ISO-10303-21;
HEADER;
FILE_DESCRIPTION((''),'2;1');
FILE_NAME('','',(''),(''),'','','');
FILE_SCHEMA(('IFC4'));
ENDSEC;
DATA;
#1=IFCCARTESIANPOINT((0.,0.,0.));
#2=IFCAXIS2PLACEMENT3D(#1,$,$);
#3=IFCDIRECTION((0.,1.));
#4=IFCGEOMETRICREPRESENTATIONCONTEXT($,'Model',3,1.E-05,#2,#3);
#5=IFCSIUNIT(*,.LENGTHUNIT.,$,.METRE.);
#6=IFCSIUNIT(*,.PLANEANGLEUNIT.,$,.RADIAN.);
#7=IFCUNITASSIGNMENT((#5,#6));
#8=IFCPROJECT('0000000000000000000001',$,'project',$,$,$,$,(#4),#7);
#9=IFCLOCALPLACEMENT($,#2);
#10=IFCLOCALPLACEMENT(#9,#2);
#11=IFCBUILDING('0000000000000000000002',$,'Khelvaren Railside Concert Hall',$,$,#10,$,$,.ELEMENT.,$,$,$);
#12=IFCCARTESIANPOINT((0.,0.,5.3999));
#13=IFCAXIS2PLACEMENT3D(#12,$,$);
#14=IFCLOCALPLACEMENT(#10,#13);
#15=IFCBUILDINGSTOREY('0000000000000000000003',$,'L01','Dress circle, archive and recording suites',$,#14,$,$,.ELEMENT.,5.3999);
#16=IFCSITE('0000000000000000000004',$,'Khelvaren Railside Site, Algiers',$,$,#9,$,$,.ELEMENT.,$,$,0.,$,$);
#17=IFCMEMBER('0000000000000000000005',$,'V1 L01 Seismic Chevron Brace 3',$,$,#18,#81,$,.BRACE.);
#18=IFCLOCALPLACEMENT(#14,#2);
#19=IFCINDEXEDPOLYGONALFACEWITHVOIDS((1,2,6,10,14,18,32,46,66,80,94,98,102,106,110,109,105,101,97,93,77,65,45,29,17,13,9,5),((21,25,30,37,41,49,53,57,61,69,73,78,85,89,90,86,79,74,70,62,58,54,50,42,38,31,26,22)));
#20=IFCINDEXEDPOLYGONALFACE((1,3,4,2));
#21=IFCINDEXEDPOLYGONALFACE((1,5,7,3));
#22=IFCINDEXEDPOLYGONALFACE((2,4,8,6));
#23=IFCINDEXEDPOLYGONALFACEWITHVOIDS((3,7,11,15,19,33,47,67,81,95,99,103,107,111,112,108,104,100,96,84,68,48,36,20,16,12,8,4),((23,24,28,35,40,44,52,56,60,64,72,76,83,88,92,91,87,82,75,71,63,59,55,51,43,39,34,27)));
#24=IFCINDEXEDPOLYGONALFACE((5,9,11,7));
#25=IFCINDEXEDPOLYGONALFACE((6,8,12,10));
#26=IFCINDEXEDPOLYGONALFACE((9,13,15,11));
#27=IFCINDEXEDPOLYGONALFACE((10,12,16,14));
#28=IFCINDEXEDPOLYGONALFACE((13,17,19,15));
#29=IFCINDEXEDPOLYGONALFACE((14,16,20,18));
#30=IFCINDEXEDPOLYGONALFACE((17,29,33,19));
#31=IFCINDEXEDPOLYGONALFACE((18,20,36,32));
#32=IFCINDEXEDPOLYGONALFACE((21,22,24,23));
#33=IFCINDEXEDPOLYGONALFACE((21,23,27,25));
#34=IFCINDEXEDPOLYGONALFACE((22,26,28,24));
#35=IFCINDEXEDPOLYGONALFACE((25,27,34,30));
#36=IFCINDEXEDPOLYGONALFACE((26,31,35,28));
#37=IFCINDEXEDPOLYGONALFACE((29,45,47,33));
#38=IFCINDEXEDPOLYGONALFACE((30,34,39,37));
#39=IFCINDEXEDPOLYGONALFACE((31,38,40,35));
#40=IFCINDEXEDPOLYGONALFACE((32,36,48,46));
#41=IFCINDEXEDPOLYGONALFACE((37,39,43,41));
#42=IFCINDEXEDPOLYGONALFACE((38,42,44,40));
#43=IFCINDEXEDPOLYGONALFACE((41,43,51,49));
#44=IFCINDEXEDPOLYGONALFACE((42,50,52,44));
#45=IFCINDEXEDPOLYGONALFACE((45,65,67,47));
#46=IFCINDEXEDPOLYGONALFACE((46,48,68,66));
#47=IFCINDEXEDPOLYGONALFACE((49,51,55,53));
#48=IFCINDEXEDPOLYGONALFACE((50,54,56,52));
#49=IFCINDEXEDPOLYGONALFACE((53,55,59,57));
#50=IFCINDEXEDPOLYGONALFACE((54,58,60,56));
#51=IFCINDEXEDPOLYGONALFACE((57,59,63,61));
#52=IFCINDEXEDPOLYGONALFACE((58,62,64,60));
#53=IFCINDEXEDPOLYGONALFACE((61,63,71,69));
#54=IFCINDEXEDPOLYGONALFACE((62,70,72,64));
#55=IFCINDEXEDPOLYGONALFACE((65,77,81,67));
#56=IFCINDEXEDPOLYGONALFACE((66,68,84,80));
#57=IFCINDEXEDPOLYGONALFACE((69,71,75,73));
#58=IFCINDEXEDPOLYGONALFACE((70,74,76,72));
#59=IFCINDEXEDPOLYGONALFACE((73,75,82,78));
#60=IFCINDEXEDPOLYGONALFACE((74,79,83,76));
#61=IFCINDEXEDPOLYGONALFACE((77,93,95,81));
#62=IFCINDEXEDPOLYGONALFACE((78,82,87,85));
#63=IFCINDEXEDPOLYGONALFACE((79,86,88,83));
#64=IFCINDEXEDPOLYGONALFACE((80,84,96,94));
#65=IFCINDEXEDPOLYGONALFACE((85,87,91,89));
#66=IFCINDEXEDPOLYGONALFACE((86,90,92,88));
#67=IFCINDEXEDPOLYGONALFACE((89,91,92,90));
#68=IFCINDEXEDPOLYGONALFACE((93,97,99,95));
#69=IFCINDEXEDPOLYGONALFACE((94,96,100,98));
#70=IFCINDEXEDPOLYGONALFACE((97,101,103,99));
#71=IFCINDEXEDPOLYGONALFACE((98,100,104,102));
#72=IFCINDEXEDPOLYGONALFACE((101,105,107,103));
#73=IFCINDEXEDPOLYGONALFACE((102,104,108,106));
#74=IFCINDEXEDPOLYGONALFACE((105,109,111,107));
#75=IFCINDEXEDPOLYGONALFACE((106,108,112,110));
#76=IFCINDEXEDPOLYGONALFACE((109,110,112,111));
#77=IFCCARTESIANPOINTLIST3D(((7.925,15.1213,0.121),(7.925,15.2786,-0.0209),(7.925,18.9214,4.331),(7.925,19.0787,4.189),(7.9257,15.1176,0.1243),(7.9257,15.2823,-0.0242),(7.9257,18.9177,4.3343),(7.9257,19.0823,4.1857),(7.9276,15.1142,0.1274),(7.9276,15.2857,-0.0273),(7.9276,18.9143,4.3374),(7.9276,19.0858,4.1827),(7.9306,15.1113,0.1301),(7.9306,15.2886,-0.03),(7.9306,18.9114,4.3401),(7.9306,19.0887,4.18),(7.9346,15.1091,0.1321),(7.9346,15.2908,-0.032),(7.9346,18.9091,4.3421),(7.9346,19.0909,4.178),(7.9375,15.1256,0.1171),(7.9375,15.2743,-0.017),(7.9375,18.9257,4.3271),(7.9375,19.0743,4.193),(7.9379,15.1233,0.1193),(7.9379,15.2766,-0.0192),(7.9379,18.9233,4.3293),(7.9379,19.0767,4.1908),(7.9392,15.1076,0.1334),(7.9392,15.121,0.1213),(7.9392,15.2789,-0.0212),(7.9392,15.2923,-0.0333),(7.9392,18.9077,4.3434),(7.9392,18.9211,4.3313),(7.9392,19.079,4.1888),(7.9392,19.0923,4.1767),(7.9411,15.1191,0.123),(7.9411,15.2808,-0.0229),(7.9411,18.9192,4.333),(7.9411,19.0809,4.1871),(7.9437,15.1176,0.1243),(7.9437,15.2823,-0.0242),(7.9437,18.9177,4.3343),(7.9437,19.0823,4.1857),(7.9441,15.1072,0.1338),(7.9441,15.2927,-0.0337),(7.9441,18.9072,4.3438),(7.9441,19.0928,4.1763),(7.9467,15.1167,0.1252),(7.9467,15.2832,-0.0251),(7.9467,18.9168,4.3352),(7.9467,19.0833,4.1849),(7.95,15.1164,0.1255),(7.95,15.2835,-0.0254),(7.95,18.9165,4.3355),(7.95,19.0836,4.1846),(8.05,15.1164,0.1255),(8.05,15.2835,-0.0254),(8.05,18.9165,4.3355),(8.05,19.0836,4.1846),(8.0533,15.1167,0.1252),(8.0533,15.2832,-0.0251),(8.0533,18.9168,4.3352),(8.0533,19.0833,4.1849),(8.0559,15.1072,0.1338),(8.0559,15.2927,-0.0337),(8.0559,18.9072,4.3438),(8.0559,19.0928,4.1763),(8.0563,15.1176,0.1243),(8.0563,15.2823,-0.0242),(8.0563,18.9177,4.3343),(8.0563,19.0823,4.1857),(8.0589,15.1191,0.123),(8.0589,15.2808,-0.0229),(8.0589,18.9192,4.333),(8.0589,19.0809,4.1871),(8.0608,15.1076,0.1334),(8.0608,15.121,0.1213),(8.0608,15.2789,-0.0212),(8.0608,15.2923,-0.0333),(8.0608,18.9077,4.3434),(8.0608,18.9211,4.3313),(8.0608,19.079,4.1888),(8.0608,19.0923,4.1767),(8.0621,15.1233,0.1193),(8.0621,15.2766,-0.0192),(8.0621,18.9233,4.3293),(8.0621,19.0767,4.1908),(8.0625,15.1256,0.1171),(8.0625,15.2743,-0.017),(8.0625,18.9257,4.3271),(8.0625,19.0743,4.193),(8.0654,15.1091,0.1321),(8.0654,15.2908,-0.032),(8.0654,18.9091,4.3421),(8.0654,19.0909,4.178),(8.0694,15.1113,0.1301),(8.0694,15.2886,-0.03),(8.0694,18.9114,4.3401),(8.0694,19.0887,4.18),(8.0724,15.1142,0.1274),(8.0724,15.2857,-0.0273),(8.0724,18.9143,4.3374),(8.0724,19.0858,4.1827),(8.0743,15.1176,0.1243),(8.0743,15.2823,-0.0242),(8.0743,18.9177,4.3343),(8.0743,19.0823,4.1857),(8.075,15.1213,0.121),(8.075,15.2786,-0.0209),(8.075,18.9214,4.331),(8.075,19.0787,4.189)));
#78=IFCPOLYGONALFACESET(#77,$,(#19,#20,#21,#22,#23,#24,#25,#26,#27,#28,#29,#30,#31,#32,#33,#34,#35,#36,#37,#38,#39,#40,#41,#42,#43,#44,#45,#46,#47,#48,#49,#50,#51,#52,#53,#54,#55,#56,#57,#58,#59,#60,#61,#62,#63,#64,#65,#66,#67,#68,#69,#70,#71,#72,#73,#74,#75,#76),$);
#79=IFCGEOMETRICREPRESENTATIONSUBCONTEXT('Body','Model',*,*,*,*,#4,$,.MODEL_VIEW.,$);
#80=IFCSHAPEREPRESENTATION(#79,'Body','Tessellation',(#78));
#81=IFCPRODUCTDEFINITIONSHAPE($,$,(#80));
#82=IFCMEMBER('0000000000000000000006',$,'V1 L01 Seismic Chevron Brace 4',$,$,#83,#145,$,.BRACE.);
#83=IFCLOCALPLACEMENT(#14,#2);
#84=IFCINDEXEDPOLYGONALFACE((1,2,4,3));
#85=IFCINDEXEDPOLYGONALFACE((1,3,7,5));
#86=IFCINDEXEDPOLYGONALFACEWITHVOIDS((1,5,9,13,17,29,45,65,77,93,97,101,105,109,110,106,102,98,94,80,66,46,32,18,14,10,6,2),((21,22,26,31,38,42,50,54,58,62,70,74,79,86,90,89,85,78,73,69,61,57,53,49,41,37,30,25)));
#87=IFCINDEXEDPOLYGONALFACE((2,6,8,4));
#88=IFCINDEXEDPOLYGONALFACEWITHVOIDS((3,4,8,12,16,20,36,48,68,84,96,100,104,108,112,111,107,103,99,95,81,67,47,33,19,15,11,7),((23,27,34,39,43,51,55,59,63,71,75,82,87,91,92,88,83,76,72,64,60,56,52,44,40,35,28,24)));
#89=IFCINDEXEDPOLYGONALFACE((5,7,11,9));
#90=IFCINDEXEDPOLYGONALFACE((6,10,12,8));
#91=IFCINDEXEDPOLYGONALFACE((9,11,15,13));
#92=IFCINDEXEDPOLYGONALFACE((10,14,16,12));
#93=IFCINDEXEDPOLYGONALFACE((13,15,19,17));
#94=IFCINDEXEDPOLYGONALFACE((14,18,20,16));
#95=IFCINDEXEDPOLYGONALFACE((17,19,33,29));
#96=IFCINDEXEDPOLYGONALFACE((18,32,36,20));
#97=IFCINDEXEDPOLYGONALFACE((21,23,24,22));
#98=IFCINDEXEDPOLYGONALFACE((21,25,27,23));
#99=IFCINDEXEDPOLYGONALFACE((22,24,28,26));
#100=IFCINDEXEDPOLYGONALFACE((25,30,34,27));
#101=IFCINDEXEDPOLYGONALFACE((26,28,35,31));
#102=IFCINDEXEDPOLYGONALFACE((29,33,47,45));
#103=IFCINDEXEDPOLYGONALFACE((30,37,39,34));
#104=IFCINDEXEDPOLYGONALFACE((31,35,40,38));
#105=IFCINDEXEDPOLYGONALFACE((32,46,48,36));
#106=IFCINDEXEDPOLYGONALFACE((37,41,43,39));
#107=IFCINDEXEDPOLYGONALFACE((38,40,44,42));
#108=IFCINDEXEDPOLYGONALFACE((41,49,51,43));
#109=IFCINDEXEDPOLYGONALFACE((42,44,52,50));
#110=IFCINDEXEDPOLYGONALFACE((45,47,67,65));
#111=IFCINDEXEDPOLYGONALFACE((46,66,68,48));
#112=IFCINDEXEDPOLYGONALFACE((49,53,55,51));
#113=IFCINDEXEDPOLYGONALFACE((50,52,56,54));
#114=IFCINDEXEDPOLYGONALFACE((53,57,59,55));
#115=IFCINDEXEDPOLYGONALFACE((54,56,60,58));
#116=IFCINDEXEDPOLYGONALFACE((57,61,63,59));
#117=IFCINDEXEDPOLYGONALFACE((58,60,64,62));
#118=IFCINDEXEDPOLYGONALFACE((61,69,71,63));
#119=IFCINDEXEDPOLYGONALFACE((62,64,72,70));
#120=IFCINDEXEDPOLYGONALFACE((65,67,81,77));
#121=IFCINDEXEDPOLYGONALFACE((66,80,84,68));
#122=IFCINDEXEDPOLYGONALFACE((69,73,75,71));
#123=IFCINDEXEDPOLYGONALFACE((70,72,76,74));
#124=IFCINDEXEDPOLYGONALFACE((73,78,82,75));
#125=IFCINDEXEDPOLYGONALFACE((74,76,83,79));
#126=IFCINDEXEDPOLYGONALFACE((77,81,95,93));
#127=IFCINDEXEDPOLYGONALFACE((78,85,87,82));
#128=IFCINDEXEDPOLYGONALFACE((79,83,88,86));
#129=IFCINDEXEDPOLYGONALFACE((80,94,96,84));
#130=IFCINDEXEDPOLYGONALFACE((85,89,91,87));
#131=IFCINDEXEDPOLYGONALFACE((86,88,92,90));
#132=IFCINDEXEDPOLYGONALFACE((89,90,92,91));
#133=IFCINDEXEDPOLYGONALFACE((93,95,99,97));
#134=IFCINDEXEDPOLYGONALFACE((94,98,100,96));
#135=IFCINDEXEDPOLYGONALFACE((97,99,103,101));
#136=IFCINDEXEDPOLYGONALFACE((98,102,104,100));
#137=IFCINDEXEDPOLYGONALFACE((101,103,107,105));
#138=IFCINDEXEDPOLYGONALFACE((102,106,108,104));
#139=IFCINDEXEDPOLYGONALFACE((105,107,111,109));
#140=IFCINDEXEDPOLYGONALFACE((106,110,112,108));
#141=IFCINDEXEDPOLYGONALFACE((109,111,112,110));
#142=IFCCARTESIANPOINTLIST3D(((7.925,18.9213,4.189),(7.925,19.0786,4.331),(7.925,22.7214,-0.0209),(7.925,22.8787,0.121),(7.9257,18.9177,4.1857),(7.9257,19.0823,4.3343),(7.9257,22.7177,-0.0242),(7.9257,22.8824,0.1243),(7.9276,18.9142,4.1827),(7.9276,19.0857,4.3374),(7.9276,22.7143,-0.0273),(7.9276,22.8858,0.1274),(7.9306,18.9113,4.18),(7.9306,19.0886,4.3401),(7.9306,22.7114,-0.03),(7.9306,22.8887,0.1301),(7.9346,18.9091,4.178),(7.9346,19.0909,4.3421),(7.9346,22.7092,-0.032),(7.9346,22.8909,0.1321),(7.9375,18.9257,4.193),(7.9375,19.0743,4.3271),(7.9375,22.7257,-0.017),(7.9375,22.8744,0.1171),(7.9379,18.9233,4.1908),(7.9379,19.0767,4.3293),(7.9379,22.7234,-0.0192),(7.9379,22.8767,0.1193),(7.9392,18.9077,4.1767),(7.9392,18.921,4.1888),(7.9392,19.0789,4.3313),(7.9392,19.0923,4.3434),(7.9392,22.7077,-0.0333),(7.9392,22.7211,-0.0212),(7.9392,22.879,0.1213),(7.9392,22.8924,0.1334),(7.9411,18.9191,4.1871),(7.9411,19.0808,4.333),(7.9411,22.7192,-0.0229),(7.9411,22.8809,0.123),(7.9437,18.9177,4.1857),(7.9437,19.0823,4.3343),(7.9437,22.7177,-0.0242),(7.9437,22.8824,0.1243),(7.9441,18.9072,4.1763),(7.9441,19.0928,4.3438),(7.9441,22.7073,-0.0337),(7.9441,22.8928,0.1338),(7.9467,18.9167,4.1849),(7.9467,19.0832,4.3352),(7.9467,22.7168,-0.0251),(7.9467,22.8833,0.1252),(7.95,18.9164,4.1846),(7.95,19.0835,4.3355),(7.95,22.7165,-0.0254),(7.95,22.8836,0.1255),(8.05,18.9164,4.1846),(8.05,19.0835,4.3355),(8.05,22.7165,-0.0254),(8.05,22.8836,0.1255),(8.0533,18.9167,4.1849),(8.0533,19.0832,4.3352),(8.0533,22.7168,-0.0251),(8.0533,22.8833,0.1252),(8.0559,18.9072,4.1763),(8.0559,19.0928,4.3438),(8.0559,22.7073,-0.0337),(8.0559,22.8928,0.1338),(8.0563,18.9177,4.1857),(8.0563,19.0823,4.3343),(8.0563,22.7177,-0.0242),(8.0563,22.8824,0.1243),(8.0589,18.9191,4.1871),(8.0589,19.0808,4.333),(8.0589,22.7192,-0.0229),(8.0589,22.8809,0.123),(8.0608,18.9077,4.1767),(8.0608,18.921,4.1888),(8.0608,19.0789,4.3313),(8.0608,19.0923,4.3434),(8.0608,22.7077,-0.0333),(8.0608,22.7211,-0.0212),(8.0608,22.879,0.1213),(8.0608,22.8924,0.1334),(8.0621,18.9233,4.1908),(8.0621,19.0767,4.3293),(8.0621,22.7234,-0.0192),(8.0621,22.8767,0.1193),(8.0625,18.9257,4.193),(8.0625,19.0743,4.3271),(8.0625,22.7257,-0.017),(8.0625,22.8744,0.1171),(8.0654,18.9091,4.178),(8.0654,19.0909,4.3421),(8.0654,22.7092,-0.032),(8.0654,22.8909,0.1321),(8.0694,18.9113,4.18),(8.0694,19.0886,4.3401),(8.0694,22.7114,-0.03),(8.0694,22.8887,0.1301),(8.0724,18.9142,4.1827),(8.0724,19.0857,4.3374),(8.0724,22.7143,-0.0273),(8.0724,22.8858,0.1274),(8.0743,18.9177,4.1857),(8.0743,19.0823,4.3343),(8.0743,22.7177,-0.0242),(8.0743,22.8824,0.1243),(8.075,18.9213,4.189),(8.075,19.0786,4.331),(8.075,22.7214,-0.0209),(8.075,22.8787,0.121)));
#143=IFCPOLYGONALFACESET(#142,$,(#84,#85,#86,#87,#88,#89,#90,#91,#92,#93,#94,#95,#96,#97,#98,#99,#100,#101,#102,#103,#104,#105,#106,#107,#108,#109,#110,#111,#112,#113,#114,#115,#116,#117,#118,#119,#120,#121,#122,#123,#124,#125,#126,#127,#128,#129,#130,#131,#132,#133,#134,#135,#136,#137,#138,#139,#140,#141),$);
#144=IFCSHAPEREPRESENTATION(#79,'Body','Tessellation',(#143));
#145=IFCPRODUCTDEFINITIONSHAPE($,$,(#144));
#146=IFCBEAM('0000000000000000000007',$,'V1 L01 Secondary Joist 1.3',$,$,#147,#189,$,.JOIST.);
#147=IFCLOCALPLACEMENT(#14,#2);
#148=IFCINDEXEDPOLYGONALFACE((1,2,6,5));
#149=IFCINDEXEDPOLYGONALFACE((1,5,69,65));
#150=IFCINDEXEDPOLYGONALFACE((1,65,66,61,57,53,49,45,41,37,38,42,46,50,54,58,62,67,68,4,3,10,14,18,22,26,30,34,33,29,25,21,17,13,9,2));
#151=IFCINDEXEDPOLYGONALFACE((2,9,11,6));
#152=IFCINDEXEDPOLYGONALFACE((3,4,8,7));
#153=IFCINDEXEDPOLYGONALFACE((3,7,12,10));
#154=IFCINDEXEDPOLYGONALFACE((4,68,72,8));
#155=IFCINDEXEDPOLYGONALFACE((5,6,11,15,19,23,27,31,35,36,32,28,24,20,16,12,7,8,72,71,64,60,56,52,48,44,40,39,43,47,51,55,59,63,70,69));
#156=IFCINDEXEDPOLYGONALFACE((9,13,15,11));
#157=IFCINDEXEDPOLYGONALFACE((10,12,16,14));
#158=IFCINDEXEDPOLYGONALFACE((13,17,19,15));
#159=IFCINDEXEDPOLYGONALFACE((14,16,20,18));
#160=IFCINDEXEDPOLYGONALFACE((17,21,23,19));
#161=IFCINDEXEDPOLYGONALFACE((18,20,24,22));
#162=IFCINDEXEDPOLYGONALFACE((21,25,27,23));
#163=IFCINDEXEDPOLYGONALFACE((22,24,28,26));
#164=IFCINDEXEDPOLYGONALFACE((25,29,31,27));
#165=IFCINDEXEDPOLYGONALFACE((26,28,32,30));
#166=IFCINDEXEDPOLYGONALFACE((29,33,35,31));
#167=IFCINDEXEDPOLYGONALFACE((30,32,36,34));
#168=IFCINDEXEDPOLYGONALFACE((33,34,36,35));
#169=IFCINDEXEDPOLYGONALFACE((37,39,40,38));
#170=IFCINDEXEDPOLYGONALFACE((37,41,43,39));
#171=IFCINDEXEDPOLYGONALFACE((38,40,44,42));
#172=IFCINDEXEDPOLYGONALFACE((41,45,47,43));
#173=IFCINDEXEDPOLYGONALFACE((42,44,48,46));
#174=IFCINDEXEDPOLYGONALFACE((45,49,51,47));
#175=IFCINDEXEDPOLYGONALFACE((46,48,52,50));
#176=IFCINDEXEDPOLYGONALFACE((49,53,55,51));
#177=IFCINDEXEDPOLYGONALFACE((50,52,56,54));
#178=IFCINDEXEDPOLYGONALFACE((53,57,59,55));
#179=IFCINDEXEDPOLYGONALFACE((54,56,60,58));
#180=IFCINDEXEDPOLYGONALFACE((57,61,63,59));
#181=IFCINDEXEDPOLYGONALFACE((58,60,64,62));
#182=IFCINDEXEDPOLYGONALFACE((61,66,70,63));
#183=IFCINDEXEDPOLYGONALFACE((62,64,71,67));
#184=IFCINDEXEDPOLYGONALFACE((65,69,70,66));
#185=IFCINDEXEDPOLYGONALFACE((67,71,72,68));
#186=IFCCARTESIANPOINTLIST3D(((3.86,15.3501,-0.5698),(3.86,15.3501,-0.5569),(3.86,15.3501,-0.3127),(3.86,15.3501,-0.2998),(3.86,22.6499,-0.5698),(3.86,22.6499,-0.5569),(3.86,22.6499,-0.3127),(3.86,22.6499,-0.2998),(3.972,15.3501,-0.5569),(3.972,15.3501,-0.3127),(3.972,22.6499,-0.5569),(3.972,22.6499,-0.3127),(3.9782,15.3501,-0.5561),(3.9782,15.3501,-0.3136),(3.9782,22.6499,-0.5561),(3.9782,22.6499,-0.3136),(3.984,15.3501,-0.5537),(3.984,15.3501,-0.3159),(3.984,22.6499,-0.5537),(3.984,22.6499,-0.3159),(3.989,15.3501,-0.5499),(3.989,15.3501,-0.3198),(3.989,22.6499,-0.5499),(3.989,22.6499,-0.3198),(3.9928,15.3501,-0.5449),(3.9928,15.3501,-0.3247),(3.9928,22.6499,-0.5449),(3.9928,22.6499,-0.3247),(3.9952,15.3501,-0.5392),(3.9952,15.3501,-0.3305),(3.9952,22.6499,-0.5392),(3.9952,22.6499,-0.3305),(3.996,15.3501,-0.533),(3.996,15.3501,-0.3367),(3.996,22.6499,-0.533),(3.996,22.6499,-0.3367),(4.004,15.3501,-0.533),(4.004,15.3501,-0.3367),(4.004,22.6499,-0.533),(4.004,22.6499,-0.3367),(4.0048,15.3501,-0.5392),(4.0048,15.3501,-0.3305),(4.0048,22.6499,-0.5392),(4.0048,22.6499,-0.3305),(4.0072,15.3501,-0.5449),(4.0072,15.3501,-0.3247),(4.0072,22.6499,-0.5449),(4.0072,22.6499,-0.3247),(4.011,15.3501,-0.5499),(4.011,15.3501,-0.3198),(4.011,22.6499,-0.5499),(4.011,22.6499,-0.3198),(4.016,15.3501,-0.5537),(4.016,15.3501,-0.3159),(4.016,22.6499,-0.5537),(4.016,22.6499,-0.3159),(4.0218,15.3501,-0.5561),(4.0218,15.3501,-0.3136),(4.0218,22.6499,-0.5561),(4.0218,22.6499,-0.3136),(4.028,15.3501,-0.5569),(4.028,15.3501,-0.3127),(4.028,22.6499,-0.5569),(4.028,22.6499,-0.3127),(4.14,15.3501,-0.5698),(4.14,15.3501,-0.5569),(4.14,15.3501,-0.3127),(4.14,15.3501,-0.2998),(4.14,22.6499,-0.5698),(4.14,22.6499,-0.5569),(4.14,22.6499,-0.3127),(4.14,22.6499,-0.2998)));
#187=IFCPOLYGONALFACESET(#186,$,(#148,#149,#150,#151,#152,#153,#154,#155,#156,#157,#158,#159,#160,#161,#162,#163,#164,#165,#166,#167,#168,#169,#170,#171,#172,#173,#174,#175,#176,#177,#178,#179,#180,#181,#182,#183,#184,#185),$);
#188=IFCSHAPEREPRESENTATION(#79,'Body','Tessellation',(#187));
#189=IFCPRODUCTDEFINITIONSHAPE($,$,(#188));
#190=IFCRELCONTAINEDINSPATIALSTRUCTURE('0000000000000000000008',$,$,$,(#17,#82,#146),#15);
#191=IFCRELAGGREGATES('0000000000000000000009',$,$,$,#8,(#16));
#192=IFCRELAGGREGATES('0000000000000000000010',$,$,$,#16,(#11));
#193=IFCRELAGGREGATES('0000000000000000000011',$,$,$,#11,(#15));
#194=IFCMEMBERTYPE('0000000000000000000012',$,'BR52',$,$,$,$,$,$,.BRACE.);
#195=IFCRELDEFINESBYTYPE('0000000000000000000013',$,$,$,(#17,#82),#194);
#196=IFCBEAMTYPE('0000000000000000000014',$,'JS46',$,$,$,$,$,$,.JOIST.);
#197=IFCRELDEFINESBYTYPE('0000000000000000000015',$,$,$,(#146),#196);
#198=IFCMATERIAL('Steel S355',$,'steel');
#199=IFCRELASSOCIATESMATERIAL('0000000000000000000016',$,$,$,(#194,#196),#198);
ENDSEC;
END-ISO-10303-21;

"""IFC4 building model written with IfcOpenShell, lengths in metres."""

from ifc_helpers import new_model, si_unit, direction, frame, origin, origin_2d, place, context, subcontext, project, spatial, hollow_rectangle, i_section, extrude, material, material_profile, profile_set, type_object, element, save


model = new_model("IFC4")

# Units and contexts
model_context = context("Model", 3, precision=1e-05, world=origin(), true_north=direction((0.0, 1.0)))
body_context = subcontext(model_context, "Body", "Model", "MODEL_VIEW")
ifc_project = project(units=[si_unit("LENGTHUNIT", "METRE"), si_unit("PLANEANGLEUNIT", "RADIAN")], contexts=[model_context])

# Site, building, storey
site_placement = place(None, origin())
site = spatial("IfcSite", under=ifc_project, at=site_placement, Name="Khelvaren Railside Site, Algiers", CompositionType="ELEMENT", RefElevation=0.0)
building_placement = place(site_placement, origin())
building = spatial("IfcBuilding", under=site, at=building_placement, Name="Khelvaren Railside Concert Hall", CompositionType="ELEMENT")
storey_placement = place(building_placement, frame((0.0, 0.0, 5.3999)))
storey = spatial("IfcBuildingStorey", under=building, at=storey_placement, Name="L01", Description="Dress circle, archive and recording suites", CompositionType="ELEMENT", Elevation=5.3999)

# Shared definitions
ifc_material_1 = material(Name="Steel S355", Category="steel")

# Members
ifc_material_profile_1 = material_profile(ifc_material_1, hollow_rectangle(XDim=0.1499, YDim=0.25, WallThickness=0.0125, InnerFilletRadius=0.0125, OuterFilletRadius=0.019, at=origin_2d()), Name="RHS 250x150x12.5")
ifc_profile_set_1 = profile_set([ifc_material_profile_1], Name="Steel S355")
member_type_1 = type_object("IfcMemberType", Name="BR52", PredefinedType="BRACE", material=ifc_profile_set_1)
for number, where, z_axis, x_axis, name in (
    (1, (8.0, 15.2, 0.05), (0.0, 0.670044, 0.742322), (-1.0, 0.0, 0.0), "V1 L01 Seismic Chevron Brace 3"),
    (2, (8.0, 22.8, 0.05), (0.0, -0.670044, 0.742322), (1.0, 0.0, 0.0), "V1 L01 Seismic Chevron Brace 4"),
):
    element("IfcMember", number, at=place(storey_placement, frame(where, z_axis=z_axis, x_axis=x_axis)), inside=storey, type_object=member_type_1, Name=name, PredefinedType="BRACE", context=body_context, shape_type="SweptSolid", body=[
        extrude(hollow_rectangle(XDim=0.1499, YDim=0.25, WallThickness=0.0125, InnerFilletRadius=0.0125, OuterFilletRadius=0.019, at=origin_2d()), origin(), (0.0, 0.0, 1.0), 5.6714),
    ])

# Beam
ifc_material_profile_2 = material_profile(ifc_material_1, i_section(OverallWidth=0.28, OverallDepth=0.27, WebThickness=0.0081, FlangeThickness=0.0129, FilletRadius=0.0239, at=origin_2d()), Name="HEA 280")
ifc_profile_set_2 = profile_set([ifc_material_profile_2], Name="Steel S355")
beam_type_1 = type_object("IfcBeamType", Name="JS46", PredefinedType="JOIST", material=ifc_profile_set_2)
beam_1_placement = place(storey_placement, frame((4.0, 15.3501, -0.4348), z_axis=(0.0, 1.0, 0.0), x_axis=(-1.0, 0.0, 0.0)))
element("IfcBeam", 3, at=beam_1_placement, inside=storey, type_object=beam_type_1, Name="V1 L01 Secondary Joist 1.3", PredefinedType="JOIST", context=body_context, shape_type="SweptSolid", body=[
    extrude(i_section(OverallWidth=0.28, OverallDepth=0.27, WebThickness=0.0081, FlangeThickness=0.0129, FilletRadius=0.0239, at=origin_2d()), origin(), (0.0, 0.0, 1.0), 7.2998),
])

save(model, "model.ifc")
